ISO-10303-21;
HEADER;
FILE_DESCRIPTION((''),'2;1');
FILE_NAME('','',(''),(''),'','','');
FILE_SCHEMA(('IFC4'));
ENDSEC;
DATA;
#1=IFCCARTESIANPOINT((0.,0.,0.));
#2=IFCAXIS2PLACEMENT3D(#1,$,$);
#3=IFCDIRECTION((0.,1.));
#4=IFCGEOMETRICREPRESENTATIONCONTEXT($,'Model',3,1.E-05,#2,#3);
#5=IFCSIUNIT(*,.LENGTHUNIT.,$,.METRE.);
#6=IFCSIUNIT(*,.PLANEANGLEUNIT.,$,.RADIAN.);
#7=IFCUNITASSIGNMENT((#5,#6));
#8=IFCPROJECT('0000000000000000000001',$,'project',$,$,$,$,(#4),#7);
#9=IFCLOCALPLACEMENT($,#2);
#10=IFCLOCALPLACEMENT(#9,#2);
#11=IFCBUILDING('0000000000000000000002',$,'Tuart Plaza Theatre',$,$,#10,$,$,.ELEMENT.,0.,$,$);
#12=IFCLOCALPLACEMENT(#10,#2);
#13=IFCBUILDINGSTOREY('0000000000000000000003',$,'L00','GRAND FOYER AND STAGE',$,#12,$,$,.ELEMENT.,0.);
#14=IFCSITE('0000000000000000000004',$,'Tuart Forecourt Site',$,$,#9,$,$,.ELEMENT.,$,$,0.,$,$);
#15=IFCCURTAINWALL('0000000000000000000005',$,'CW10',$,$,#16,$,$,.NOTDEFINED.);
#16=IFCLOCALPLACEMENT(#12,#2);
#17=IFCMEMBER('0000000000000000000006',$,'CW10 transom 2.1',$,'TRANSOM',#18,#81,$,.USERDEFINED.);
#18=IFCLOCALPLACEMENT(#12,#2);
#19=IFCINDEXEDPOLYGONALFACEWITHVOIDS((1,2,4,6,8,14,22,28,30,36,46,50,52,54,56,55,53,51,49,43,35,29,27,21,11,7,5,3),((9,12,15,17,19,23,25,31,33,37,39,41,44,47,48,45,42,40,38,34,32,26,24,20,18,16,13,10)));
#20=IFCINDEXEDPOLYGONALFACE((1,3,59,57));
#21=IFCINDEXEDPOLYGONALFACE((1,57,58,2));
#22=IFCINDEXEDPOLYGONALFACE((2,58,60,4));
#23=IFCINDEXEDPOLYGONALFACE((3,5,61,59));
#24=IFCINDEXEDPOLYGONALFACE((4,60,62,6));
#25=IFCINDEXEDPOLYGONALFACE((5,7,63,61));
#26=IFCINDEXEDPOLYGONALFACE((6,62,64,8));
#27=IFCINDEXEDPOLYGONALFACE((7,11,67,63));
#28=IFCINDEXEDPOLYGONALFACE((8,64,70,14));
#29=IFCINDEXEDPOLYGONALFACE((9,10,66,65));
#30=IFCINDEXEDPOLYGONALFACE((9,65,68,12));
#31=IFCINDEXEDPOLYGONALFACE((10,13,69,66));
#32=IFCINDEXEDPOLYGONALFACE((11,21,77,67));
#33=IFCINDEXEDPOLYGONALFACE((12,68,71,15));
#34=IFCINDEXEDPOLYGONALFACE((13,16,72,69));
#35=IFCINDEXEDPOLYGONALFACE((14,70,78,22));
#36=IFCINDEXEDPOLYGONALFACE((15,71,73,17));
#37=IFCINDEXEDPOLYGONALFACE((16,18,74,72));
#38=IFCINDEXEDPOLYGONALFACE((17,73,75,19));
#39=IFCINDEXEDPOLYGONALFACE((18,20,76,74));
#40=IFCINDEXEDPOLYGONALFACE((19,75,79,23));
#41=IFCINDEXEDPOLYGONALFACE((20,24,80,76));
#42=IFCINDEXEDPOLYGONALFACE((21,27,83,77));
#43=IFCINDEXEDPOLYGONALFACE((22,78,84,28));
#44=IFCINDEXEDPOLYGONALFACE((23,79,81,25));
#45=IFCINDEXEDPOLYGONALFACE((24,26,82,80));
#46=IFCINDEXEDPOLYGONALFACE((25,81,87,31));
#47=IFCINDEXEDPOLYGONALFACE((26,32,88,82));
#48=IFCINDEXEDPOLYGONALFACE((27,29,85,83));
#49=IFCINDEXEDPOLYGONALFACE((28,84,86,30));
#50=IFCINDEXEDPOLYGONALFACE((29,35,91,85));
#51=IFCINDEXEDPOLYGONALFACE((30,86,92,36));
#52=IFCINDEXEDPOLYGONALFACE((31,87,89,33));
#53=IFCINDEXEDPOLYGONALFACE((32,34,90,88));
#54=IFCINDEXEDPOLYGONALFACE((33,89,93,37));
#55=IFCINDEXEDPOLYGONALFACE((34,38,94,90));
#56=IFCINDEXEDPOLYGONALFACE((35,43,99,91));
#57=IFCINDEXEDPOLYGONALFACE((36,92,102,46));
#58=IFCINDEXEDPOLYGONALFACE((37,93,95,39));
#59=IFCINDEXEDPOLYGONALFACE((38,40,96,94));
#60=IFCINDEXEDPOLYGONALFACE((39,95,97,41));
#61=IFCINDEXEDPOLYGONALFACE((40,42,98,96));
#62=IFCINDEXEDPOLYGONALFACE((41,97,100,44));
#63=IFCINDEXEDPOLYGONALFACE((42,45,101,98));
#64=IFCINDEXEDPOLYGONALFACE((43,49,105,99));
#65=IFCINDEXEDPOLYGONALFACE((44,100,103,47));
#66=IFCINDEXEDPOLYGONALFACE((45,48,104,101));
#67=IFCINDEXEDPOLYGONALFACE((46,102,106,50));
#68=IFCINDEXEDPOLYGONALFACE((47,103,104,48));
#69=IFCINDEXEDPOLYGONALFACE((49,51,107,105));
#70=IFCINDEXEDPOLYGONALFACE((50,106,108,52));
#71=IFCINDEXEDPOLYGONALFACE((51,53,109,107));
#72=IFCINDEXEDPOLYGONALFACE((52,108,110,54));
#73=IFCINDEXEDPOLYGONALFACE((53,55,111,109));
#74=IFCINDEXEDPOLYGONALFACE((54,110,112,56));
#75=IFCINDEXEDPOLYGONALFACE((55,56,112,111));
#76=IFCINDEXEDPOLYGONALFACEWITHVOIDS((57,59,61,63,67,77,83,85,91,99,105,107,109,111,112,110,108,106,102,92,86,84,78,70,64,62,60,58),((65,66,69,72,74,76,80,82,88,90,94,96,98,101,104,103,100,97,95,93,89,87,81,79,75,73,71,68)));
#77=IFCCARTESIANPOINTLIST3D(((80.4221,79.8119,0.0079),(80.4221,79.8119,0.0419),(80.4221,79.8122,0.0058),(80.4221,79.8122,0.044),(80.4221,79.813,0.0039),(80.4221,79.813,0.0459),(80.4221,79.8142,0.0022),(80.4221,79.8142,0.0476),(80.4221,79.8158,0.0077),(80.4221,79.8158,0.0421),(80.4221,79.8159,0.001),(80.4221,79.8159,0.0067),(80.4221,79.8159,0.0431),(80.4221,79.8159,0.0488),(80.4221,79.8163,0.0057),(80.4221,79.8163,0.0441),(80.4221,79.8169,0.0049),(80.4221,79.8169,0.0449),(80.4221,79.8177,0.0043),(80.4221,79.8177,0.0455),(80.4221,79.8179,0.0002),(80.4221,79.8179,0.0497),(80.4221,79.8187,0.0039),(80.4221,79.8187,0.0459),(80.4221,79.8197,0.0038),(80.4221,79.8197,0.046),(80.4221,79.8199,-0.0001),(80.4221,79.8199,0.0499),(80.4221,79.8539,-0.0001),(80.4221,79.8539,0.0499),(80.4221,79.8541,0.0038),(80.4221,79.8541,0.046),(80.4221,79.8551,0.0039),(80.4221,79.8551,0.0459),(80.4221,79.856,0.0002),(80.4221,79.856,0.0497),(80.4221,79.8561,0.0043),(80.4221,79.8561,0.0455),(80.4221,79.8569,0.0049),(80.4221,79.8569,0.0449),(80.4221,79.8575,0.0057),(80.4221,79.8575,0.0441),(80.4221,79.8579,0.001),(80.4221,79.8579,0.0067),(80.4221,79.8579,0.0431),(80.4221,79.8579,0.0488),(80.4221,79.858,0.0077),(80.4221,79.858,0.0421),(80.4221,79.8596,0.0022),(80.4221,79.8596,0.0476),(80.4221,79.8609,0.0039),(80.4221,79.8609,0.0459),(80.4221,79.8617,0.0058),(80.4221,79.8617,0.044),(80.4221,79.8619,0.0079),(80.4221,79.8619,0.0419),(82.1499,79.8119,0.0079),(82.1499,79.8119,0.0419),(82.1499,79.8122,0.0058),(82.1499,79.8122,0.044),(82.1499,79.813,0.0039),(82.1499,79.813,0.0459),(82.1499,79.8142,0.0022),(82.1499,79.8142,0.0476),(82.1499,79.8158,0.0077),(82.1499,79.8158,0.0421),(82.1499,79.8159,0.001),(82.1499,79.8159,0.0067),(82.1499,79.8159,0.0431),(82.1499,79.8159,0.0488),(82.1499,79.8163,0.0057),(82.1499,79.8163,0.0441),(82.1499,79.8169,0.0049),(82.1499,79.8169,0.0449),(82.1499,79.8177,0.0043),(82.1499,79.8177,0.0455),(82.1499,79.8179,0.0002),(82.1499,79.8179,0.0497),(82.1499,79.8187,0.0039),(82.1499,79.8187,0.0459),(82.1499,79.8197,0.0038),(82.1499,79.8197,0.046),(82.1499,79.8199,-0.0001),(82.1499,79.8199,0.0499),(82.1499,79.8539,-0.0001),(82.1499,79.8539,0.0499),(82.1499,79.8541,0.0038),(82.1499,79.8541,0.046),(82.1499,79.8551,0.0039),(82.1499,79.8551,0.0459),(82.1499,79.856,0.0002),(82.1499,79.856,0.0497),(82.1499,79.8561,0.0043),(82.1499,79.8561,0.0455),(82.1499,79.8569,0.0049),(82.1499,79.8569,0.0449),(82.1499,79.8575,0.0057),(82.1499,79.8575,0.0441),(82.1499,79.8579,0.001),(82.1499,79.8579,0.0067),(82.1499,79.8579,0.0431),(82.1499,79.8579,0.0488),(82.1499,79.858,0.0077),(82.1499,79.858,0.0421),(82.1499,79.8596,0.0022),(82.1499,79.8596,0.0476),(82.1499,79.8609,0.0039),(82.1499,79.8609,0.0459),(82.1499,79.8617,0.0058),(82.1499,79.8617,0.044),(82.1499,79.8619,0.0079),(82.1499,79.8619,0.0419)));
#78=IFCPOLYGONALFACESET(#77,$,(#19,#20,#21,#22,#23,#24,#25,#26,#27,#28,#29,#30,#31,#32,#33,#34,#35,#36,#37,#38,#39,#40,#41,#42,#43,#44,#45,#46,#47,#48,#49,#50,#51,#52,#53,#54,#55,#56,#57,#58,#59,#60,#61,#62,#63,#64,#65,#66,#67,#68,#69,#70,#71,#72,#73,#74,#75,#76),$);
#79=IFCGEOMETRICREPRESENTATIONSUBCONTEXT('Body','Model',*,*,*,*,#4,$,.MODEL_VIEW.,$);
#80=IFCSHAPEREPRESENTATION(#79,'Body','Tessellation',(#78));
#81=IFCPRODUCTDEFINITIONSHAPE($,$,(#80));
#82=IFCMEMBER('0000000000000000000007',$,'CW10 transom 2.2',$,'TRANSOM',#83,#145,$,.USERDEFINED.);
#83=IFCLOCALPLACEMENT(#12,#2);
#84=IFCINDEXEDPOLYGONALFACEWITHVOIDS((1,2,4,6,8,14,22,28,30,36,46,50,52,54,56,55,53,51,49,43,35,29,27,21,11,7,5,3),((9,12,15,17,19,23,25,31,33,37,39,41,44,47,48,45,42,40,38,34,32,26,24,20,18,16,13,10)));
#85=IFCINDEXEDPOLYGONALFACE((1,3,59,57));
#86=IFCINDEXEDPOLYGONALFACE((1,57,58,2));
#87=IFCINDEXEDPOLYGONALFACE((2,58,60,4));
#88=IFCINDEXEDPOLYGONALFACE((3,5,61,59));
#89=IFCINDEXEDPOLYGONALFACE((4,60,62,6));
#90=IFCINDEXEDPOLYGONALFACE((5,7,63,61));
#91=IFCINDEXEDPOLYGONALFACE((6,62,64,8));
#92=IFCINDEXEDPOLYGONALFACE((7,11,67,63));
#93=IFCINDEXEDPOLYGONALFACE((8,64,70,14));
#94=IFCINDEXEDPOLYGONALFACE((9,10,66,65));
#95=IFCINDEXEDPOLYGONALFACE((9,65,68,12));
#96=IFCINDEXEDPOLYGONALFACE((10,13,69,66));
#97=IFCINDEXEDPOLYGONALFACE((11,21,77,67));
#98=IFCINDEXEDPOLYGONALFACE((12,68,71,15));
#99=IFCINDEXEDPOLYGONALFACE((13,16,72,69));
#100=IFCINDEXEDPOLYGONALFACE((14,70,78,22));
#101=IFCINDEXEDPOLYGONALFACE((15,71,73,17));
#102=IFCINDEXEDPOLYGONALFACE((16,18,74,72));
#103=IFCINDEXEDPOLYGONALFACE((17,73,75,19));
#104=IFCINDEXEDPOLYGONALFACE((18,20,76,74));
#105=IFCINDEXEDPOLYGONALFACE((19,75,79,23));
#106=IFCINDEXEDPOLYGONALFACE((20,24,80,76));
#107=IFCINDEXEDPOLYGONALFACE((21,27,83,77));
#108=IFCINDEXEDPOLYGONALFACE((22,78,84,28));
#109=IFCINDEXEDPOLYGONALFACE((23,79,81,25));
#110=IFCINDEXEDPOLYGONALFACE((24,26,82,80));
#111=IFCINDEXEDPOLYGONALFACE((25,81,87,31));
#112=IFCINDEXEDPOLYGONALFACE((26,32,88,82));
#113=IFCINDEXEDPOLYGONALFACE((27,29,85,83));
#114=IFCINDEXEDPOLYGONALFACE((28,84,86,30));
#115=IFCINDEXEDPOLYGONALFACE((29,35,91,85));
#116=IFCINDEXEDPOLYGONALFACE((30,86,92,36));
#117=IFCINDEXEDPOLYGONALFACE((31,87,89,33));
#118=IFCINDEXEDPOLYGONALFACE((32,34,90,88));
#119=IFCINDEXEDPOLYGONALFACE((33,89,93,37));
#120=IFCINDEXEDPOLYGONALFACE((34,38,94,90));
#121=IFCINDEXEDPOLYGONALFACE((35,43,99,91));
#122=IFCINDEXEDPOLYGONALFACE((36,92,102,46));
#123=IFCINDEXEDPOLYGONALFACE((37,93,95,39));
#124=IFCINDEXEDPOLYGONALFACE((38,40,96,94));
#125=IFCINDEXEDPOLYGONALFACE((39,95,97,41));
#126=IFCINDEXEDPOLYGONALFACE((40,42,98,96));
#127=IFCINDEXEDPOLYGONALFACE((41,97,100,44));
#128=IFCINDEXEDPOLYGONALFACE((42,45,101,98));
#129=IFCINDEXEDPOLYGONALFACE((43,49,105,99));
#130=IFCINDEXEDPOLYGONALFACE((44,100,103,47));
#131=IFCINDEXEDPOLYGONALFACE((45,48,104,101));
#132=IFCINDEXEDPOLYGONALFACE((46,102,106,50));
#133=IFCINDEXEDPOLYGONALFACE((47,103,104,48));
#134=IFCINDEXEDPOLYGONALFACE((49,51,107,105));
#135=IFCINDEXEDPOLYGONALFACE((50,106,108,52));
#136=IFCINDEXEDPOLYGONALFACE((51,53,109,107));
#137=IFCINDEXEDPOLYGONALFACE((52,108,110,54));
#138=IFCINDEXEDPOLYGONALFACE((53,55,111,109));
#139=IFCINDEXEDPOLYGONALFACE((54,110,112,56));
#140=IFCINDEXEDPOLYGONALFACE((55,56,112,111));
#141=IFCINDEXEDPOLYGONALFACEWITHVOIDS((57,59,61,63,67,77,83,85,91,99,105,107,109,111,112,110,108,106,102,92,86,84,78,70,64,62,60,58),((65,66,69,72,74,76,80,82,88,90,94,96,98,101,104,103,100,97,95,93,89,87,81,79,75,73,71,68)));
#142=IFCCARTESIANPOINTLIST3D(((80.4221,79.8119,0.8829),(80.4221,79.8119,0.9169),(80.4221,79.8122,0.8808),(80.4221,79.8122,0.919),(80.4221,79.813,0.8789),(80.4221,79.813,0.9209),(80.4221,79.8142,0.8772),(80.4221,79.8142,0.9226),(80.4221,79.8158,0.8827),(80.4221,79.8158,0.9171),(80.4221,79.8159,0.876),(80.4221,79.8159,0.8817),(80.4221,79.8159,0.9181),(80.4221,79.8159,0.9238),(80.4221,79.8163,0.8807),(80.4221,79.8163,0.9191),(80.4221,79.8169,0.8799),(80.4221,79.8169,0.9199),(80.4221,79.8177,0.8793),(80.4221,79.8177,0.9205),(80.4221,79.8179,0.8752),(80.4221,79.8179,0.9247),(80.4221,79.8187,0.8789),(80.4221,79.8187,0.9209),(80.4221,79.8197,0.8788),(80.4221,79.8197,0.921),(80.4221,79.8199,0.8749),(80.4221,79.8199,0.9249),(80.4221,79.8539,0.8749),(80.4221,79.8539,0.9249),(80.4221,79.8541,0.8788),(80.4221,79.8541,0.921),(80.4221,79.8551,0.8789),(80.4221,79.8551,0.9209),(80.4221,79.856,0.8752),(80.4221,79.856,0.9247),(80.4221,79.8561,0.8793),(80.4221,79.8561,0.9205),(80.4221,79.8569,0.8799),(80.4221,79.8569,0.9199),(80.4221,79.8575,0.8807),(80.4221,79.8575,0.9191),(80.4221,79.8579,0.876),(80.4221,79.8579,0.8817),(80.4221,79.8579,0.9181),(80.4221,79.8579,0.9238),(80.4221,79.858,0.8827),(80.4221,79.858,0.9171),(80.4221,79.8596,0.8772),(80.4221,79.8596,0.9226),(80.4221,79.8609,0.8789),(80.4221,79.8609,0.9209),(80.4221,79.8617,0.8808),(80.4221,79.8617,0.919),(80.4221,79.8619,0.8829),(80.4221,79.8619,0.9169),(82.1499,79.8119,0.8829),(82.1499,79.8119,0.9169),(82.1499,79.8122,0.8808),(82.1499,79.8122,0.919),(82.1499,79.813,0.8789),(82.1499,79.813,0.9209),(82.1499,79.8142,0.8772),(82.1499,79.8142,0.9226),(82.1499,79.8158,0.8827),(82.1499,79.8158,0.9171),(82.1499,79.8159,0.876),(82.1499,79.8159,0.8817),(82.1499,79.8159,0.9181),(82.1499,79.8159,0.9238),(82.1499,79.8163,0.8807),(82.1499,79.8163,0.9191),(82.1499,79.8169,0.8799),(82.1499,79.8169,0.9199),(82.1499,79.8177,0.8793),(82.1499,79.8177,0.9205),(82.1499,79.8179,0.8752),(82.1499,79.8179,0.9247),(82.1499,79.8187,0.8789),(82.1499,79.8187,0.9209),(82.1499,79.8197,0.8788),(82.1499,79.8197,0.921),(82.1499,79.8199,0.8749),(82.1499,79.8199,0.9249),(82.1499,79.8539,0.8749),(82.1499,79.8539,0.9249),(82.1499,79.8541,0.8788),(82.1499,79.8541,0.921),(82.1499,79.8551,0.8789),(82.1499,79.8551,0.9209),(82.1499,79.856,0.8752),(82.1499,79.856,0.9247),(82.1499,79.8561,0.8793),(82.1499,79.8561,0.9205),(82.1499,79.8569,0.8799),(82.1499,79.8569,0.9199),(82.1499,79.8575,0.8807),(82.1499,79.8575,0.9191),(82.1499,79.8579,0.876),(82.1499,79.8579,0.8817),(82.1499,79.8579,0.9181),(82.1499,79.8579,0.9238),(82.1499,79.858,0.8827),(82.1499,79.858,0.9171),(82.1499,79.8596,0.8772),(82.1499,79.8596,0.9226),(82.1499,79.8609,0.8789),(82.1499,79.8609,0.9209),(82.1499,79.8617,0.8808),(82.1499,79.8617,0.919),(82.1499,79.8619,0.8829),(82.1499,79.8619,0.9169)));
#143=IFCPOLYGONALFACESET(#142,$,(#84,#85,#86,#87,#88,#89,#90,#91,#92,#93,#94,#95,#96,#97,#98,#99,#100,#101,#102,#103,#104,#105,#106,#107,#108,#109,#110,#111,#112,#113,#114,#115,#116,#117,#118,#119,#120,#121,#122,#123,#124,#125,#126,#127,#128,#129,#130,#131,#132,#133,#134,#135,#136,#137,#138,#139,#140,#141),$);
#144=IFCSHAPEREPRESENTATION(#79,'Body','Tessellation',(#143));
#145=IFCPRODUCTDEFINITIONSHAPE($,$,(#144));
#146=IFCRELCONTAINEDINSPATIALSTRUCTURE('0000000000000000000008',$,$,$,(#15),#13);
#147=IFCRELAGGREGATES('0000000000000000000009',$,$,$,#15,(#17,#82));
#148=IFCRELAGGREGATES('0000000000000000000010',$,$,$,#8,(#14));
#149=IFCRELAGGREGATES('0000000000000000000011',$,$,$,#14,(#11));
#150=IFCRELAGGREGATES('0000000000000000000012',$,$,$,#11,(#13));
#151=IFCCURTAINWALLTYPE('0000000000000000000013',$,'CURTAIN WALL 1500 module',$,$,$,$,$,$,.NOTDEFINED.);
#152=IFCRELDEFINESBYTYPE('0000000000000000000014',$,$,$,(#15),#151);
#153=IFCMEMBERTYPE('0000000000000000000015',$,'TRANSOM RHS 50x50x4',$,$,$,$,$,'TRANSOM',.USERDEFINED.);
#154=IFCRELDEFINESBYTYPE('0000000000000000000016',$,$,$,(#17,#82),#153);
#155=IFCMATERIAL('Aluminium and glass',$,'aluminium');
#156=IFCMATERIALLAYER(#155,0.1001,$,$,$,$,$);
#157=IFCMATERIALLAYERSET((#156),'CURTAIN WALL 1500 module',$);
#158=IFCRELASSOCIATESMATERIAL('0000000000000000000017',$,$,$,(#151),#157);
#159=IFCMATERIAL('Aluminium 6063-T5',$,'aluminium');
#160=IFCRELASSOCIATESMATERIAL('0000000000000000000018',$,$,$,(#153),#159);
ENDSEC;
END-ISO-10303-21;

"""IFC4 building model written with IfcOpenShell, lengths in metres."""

from ifc_helpers import new_model, si_unit, direction, frame, origin, origin_2d, place, context, subcontext, project, spatial, hollow_rectangle, extrude, material, layer, layer_set, material_profile, profile_set, type_object, element, aggregate, save


model = new_model("IFC4")

# Units and contexts
model_context = context("Model", 3, precision=1e-05, world=origin(), true_north=direction((0.0, 1.0)))
body_context = subcontext(model_context, "Body", "Model", "MODEL_VIEW")
ifc_project = project(units=[si_unit("LENGTHUNIT", "METRE"), si_unit("PLANEANGLEUNIT", "RADIAN")], contexts=[model_context])

# Site, building, storey
site_placement = place(None, origin())
site = spatial("IfcSite", under=ifc_project, at=site_placement, Name="Tuart Forecourt Site", CompositionType="ELEMENT", RefElevation=0.0)
building_placement = place(site_placement, origin())
building = spatial("IfcBuilding", under=site, at=building_placement, Name="Tuart Plaza Theatre", CompositionType="ELEMENT", ElevationOfRefHeight=0.0)
storey_placement = place(building_placement, origin())
storey = spatial("IfcBuildingStorey", under=building, at=storey_placement, Name="L00", Description="GRAND FOYER AND STAGE", CompositionType="ELEMENT", Elevation=0.0)

# Curtain wall, members
ifc_material_1 = material(Name="Aluminium and glass", Category="aluminium")
ifc_layer_1 = layer(ifc_material_1, 0.1001)
ifc_layer_set_1 = layer_set([ifc_layer_1], Name="CURTAIN WALL 1500 module")
curtain_wall_type = type_object("IfcCurtainWallType", Name="CURTAIN WALL 1500 module", PredefinedType="NOTDEFINED", material=ifc_layer_set_1)
curtain_wall_1_placement = place(storey_placement, origin())
curtain_wall_1 = element("IfcCurtainWall", 1, at=curtain_wall_1_placement, inside=storey, type_object=curtain_wall_type, Name="CW10", PredefinedType="NOTDEFINED")
ifc_material_2 = material(Name="Aluminium 6063-T5", Category="aluminium")
ifc_material_profile = material_profile(ifc_material_2, hollow_rectangle(XDim=0.05, YDim=0.05, WallThickness=0.0039, InnerFilletRadius=0.0039, OuterFilletRadius=0.0081, at=origin_2d()), Name="RHS 50x50x4")
ifc_profile_set = profile_set([ifc_material_profile], Name="Aluminium 6063-T5")
member_type = type_object("IfcMemberType", Name="TRANSOM RHS 50x50x4", ElementType="TRANSOM", PredefinedType="USERDEFINED", material=ifc_profile_set)
member_1_placement = place(storey_placement, frame((80.4221, 79.8369, 0.0249), z_axis=(1.0, 0.0, 0.0), x_axis=(0.0, 1.0, 0.0)))
member_1 = element("IfcMember", 2, at=member_1_placement, type_object=member_type, Name="CW10 transom 2.1", ObjectType="TRANSOM", PredefinedType="USERDEFINED", context=body_context, shape_type="SweptSolid", body=[
    extrude(hollow_rectangle(XDim=0.05, YDim=0.05, WallThickness=0.0039, InnerFilletRadius=0.0039, OuterFilletRadius=0.0081, at=origin_2d()), origin(), (0.0, 0.0, 1.0), 1.7278),
])
member_2_placement = place(storey_placement, frame((80.4221, 79.8369, 0.8999), z_axis=(1.0, 0.0, 0.0), x_axis=(0.0, 1.0, 0.0)))
member_2 = element("IfcMember", 3, at=member_2_placement, type_object=member_type, Name="CW10 transom 2.2", ObjectType="TRANSOM", PredefinedType="USERDEFINED", context=body_context, shape_type="SweptSolid", body=[
    extrude(hollow_rectangle(XDim=0.05, YDim=0.05, WallThickness=0.0039, InnerFilletRadius=0.0039, OuterFilletRadius=0.0081, at=origin_2d()), origin(), (0.0, 0.0, 1.0), 1.7278),
])

aggregate(curtain_wall_1, [member_1, member_2])

save(model, "model.ifc")
